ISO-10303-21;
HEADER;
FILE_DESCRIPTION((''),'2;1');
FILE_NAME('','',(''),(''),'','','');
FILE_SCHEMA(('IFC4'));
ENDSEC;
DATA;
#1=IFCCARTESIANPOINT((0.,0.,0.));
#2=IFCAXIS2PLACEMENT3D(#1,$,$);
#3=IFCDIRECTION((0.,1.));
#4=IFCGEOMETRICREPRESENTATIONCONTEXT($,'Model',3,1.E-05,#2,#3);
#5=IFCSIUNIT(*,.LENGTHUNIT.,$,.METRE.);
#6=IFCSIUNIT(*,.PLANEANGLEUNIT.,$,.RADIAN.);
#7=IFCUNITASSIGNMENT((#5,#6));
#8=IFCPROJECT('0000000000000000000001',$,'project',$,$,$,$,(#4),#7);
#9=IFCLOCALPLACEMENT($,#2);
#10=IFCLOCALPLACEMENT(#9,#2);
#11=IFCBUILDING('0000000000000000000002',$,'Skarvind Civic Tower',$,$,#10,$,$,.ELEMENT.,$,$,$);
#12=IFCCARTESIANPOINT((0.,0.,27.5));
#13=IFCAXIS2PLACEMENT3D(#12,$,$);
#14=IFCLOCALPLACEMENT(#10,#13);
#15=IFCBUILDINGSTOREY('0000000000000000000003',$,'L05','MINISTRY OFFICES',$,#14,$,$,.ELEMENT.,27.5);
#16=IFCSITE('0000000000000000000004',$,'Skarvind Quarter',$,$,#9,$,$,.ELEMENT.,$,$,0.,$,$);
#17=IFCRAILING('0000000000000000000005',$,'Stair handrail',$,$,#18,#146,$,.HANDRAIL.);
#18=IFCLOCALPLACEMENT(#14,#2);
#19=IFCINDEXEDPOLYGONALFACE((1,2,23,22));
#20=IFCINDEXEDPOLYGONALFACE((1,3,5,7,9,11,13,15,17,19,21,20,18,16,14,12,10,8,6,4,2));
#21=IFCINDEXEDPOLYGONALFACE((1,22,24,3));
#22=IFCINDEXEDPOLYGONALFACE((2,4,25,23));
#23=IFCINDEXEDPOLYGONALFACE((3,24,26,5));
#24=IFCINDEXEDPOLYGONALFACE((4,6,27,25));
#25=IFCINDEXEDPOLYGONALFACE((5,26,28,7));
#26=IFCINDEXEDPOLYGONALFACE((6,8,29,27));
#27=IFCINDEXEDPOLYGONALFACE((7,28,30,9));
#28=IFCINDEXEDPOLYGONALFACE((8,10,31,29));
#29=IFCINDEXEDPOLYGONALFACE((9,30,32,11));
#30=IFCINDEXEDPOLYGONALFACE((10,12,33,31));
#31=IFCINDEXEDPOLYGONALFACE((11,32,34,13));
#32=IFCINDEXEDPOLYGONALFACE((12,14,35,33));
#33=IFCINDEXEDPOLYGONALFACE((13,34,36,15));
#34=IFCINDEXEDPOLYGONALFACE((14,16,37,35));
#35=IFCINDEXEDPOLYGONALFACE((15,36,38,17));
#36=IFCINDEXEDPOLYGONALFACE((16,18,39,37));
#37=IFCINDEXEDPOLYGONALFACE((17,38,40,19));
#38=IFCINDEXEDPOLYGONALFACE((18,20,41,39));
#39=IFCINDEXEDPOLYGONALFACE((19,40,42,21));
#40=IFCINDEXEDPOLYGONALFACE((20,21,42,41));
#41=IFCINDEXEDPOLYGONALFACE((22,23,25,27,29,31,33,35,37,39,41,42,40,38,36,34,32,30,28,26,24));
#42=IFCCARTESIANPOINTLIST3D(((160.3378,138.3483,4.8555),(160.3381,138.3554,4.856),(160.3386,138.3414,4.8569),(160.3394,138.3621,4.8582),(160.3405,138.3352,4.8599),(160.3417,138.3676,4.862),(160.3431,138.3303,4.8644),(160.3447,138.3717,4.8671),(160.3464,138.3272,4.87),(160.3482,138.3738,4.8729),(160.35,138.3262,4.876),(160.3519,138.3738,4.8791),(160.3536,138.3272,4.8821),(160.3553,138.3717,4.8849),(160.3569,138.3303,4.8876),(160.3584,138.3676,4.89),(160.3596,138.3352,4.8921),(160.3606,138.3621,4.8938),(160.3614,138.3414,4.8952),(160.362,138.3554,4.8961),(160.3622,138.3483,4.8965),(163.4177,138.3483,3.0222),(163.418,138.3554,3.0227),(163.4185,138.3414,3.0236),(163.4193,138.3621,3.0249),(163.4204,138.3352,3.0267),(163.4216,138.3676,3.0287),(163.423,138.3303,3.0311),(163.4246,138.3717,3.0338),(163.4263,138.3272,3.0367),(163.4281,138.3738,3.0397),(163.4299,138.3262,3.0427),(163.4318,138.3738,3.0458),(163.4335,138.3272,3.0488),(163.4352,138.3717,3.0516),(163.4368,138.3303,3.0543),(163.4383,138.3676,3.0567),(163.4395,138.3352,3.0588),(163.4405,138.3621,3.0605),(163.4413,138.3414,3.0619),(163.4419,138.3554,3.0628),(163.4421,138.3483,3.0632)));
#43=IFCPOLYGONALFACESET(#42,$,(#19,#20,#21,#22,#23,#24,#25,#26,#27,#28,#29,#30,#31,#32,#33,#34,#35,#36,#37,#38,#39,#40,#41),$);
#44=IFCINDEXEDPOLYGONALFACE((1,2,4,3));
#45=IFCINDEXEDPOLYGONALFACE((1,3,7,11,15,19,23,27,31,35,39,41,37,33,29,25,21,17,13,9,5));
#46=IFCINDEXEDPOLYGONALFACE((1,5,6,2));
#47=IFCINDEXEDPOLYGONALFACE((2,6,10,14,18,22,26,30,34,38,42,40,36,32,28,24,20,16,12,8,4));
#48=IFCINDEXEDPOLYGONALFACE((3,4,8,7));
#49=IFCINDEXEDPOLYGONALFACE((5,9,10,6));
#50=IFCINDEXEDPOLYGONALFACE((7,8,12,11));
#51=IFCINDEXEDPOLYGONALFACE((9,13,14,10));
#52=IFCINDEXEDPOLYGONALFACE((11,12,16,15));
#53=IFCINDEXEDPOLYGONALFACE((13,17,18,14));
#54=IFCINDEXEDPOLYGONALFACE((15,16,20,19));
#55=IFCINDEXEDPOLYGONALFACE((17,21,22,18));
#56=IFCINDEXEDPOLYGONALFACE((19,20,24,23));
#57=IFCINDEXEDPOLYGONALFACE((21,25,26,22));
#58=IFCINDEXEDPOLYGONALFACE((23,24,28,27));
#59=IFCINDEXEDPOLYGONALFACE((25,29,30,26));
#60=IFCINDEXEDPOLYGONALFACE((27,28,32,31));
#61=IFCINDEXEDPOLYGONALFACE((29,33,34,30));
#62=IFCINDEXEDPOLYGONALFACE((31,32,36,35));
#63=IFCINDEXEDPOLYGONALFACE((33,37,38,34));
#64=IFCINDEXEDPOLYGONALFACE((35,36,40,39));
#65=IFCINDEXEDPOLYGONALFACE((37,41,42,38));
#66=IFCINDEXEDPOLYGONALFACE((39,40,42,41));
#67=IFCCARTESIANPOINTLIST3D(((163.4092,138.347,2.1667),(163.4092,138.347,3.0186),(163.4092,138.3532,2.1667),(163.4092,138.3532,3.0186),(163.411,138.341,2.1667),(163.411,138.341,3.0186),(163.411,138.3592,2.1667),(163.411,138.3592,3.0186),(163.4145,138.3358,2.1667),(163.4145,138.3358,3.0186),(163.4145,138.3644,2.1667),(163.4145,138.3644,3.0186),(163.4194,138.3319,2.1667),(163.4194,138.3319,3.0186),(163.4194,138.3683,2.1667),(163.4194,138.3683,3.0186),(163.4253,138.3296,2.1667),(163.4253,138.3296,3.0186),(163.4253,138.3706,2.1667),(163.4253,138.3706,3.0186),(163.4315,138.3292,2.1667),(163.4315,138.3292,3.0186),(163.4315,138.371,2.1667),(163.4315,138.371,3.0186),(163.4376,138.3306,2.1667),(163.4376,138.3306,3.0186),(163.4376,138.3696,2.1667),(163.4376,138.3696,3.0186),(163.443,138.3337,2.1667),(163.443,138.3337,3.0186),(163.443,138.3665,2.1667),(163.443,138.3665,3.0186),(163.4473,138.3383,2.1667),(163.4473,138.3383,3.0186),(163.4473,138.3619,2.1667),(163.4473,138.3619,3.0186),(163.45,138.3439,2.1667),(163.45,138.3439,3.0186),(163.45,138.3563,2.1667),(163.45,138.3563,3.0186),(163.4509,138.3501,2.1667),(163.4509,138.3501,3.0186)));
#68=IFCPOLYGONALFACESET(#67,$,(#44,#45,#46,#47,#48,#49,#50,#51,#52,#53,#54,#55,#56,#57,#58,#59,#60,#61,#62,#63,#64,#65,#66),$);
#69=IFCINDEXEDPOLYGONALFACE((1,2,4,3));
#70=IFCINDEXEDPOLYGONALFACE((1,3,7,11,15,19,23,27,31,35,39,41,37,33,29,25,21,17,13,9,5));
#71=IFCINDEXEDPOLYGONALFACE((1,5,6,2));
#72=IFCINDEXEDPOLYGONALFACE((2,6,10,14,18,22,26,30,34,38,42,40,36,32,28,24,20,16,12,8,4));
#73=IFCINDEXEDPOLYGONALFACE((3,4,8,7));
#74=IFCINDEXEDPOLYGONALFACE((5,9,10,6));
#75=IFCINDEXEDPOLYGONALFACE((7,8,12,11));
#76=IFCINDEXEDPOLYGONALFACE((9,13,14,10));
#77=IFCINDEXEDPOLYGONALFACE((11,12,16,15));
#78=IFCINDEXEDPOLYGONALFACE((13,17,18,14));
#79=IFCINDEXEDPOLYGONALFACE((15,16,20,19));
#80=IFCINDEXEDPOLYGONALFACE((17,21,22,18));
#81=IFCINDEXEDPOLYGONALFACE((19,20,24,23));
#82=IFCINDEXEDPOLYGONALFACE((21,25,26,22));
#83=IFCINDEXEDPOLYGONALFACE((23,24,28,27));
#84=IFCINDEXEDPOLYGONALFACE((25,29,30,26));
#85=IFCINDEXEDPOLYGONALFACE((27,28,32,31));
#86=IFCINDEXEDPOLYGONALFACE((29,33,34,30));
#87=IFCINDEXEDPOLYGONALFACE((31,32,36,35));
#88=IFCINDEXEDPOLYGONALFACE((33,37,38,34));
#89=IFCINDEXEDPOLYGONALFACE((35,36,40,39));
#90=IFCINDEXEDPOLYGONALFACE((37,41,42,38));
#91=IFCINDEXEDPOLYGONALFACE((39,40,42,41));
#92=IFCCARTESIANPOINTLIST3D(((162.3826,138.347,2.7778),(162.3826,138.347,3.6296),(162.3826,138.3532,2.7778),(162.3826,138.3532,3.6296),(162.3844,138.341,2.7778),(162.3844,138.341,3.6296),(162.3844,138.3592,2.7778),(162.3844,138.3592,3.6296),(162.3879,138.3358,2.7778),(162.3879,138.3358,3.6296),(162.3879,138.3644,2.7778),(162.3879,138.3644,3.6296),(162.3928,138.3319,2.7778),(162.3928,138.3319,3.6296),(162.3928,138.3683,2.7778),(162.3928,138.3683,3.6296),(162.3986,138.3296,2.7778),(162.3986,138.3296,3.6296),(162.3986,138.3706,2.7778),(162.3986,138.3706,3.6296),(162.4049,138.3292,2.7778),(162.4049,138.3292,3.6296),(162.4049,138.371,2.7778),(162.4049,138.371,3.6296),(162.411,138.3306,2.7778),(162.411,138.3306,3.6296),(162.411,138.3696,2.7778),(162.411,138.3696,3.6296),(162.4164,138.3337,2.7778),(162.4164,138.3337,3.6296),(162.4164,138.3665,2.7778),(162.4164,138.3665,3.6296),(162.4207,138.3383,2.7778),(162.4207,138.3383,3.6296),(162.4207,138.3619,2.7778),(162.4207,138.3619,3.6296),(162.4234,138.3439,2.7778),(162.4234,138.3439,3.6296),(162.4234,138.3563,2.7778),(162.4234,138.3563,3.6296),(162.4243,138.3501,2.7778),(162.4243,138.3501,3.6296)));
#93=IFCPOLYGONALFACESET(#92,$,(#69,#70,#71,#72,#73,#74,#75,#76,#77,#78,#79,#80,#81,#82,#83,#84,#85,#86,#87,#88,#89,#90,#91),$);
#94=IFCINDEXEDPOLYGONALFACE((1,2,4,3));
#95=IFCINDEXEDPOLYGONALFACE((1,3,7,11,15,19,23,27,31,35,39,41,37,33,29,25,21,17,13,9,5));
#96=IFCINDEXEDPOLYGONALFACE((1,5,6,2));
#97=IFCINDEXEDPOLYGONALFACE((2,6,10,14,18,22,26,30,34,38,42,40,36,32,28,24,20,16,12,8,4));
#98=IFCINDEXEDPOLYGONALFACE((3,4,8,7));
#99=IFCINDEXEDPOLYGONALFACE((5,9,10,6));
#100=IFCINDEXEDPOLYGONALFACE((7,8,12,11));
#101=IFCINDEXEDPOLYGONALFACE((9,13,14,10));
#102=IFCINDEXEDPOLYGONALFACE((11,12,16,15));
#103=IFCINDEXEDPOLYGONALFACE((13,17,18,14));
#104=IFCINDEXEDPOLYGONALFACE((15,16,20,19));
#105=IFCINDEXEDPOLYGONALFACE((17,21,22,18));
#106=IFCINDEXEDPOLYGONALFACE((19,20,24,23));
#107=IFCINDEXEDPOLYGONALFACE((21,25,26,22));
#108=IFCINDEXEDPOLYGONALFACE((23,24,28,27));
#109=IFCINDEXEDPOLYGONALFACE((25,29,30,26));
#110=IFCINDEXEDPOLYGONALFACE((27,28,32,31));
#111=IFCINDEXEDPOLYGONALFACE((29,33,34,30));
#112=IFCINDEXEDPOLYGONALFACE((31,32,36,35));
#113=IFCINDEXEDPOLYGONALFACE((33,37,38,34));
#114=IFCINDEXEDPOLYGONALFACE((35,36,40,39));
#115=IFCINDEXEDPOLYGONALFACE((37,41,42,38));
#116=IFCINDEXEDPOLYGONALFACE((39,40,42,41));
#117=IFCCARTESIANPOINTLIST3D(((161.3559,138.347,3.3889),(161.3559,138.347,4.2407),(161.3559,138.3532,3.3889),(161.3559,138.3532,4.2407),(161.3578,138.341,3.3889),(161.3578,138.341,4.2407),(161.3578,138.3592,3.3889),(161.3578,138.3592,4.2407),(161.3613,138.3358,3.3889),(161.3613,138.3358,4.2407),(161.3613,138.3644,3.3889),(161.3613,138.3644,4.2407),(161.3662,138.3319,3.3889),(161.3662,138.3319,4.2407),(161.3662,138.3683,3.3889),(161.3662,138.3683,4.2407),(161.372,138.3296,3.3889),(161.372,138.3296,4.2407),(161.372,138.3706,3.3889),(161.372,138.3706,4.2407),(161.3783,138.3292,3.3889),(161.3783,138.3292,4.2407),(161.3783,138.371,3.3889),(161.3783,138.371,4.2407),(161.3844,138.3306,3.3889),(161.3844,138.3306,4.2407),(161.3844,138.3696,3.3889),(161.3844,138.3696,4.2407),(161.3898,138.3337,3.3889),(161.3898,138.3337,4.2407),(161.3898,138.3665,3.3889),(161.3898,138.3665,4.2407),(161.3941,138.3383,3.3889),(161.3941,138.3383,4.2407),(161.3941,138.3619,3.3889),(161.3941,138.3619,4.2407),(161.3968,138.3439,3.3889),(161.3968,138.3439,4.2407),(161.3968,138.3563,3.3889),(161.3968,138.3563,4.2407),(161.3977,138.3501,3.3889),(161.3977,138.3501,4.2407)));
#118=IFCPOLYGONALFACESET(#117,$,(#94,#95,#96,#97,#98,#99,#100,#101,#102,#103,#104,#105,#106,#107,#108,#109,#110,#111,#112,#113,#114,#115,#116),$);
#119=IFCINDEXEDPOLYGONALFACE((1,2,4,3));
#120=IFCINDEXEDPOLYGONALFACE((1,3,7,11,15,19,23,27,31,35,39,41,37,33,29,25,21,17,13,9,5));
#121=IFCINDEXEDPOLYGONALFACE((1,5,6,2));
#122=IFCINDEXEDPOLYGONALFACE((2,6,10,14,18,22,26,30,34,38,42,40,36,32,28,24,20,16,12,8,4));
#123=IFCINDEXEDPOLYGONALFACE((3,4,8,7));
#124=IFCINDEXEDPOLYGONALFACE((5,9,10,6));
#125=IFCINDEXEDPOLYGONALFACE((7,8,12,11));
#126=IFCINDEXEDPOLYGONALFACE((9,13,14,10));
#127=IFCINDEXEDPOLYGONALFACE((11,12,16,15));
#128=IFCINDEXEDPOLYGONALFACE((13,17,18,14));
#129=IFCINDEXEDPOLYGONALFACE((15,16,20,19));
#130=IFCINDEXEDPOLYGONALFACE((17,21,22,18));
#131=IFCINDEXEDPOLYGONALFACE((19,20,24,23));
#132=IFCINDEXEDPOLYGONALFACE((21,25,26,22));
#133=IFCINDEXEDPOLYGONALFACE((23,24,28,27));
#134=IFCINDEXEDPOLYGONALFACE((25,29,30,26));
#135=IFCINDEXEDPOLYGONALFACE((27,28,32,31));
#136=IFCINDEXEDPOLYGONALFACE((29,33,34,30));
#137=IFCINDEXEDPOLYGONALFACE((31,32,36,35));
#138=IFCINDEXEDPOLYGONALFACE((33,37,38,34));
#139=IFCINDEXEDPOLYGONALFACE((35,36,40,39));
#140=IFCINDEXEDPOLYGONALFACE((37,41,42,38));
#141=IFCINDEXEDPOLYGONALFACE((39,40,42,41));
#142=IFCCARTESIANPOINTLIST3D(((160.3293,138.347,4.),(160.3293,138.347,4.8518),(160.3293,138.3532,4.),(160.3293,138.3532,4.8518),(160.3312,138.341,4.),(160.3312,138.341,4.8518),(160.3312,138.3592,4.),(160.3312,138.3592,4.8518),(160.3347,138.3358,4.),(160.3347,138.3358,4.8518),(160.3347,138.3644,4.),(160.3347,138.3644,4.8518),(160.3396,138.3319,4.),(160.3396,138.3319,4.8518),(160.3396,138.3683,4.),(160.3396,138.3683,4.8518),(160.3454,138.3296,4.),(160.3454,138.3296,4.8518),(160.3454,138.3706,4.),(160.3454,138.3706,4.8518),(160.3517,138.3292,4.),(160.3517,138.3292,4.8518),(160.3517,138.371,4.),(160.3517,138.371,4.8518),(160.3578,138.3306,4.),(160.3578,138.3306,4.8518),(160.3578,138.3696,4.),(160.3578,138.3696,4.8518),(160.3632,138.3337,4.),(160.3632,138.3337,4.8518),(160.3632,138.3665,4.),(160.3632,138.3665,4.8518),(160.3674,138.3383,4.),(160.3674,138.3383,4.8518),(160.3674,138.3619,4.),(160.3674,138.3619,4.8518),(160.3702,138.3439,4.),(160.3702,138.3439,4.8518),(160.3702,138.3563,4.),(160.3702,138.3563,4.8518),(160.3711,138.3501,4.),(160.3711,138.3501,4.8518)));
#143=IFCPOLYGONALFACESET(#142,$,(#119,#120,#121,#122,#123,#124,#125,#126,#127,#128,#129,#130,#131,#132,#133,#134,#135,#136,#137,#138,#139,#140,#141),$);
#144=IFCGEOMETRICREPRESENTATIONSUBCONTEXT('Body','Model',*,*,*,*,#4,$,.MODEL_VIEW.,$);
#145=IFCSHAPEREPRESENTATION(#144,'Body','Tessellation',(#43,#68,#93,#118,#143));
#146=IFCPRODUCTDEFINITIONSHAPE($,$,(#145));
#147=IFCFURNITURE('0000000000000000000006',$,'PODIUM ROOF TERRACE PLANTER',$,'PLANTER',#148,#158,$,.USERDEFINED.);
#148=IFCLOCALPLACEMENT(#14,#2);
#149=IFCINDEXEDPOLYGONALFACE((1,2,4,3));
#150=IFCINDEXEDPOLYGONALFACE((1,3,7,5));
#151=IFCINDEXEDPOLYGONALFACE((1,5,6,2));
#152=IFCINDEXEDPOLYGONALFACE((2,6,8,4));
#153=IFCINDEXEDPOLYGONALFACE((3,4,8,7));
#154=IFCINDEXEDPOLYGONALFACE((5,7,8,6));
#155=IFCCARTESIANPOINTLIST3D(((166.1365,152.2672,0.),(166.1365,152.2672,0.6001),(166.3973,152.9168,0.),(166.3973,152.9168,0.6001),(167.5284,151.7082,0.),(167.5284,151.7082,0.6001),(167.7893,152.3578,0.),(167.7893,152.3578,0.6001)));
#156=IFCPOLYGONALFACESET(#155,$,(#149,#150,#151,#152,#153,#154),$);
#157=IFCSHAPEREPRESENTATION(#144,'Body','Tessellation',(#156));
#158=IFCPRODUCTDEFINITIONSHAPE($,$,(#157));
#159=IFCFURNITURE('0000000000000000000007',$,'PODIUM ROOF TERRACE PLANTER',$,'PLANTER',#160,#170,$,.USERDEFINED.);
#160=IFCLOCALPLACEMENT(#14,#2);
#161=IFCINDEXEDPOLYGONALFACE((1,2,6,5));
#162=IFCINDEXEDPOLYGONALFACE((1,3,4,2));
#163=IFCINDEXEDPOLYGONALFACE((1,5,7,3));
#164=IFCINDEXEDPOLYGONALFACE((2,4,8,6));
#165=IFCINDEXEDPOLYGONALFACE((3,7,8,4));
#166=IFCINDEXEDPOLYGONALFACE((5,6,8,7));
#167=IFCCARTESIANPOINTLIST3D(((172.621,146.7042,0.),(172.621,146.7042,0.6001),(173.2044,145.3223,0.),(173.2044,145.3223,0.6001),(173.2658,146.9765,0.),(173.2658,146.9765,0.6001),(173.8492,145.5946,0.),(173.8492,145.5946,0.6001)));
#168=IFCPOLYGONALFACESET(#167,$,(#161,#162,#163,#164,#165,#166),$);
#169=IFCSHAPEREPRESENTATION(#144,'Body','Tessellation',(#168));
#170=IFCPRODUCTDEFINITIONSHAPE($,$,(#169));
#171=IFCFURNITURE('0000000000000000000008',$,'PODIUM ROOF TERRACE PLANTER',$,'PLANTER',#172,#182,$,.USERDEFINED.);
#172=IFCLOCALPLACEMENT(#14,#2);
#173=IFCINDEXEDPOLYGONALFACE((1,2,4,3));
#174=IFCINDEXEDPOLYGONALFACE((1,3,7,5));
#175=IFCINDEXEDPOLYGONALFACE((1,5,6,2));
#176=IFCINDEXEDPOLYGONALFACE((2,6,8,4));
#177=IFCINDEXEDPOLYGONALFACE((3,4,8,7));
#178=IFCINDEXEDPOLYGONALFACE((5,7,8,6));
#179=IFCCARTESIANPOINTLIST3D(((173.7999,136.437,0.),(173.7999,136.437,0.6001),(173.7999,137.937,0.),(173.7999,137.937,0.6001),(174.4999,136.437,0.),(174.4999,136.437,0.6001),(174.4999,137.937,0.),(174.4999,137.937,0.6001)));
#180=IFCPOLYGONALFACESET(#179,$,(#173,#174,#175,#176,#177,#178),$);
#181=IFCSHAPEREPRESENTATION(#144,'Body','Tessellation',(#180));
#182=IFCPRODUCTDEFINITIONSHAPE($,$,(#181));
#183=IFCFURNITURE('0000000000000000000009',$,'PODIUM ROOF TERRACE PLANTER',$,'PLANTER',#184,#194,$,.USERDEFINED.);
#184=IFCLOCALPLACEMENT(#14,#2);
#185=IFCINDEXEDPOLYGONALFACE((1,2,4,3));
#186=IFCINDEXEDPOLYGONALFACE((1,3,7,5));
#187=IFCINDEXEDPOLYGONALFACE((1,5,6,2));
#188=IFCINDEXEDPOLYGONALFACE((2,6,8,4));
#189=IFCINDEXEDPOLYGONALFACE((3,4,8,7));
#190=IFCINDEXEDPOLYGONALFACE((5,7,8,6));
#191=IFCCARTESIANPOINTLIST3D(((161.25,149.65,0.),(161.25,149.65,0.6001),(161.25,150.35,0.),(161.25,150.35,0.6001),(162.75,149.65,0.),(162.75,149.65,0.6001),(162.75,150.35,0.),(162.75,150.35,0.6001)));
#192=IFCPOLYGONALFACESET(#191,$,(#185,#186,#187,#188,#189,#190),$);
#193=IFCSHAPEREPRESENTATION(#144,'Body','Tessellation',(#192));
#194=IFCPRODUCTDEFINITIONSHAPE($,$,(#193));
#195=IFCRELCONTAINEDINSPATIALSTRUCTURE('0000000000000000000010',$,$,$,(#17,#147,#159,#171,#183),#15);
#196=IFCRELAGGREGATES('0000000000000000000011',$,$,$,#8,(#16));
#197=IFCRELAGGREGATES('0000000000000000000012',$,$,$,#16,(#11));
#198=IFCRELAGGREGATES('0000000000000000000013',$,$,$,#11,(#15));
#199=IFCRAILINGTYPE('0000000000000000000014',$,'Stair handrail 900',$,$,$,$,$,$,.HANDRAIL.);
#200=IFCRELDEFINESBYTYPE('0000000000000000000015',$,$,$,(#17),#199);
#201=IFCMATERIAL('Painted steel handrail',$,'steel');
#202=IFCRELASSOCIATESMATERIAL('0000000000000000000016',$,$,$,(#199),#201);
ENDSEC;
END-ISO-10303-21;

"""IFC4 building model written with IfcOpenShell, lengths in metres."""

from ifc_helpers import new_model, si_unit, direction, frame, origin, origin_2d, place, context, subcontext, project, spatial, rectangle, circle, extrude, material, type_object, element, save


model = new_model("IFC4")

# Units and contexts
model_context = context("Model", 3, precision=1e-05, world=origin(), true_north=direction((0.0, 1.0)))
body_context = subcontext(model_context, "Body", "Model", "MODEL_VIEW")
ifc_project = project(units=[si_unit("LENGTHUNIT", "METRE"), si_unit("PLANEANGLEUNIT", "RADIAN")], contexts=[model_context])

# Site, building, storey
site_placement = place(None, origin())
site = spatial("IfcSite", under=ifc_project, at=site_placement, Name="Skarvind Quarter", CompositionType="ELEMENT", RefElevation=0.0)
building_placement = place(site_placement, origin())
building = spatial("IfcBuilding", under=site, at=building_placement, Name="Skarvind Civic Tower", CompositionType="ELEMENT")
storey_placement = place(building_placement, frame((0.0, 0.0, 27.5)))
storey = spatial("IfcBuildingStorey", under=building, at=storey_placement, Name="L05", Description="MINISTRY OFFICES", CompositionType="ELEMENT", Elevation=27.5)

# Railing
ifc_material_1 = material(Name="Painted steel handrail", Category="steel")
railing_type_1 = type_object("IfcRailingType", Name="Stair handrail 900", PredefinedType="HANDRAIL", material=ifc_material_1)
railing_1_placement = place(storey_placement, frame((163.4299, 138.3501, 2.1667)))
element("IfcRailing", 1, at=railing_1_placement, inside=storey, type_object=railing_type_1, Name="Stair handrail", PredefinedType="HANDRAIL", context=body_context, shape_type="SweptSolid", body=[
    extrude(circle(Radius=0.0239, at=origin_2d()), frame((0.0, 0.0, 0.876), z_axis=(-0.859291, 0.0, 0.511487), x_axis=(0.0, -1.0, 0.0)), (0.0, 0.0, 1.0), 3.5842),
    extrude(circle(Radius=0.021, at=origin_2d()), origin(), (0.0, 0.0, 1.0), 0.8518),
    extrude(circle(Radius=0.021, at=origin_2d()), frame((-1.0266, 0.0, 0.6111)), (0.0, 0.0, 1.0), 0.8518),
    extrude(circle(Radius=0.021, at=origin_2d()), frame((-2.0532, 0.0, 1.2222)), (0.0, 0.0, 1.0), 0.8518),
    extrude(circle(Radius=0.021, at=origin_2d()), frame((-3.0798, 0.0, 1.8333)), (0.0, 0.0, 1.0), 0.8518),
])

# Furniture
for number, where, z_axis, x_axis, name in (
    (2, (166.9629, 152.3125, 0.0), (0.0, 0.0, 1.0), (0.927966, -0.372664, 0.0), "PODIUM ROOF TERRACE PLANTER"),
    (3, (173.2351, 146.1494, 0.0), (0.0, 0.0, 1.0), (0.388963, -0.921253, 0.0), "PODIUM ROOF TERRACE PLANTER"),
    (4, (174.1499, 137.187, 0.0), (0.0, 0.0, 1.0), (0.0, -1.0, 0.0), "PODIUM ROOF TERRACE PLANTER"),
    (5, (162.0, 150.0, 0.0), (0.0, 0.0, 1.0), (1.0, 0.0, 0.0), "PODIUM ROOF TERRACE PLANTER"),
):
    element("IfcFurniture", number, at=place(storey_placement, frame(where, z_axis=z_axis, x_axis=x_axis)), inside=storey, Name=name, ObjectType="PLANTER", PredefinedType="USERDEFINED", context=body_context, shape_type="SweptSolid", body=[
        extrude(rectangle(XDim=1.5, YDim=0.7, at=origin_2d()), origin(), (0.0, 0.0, 1.0), 0.6001),
    ])

save(model, "model.ifc")
